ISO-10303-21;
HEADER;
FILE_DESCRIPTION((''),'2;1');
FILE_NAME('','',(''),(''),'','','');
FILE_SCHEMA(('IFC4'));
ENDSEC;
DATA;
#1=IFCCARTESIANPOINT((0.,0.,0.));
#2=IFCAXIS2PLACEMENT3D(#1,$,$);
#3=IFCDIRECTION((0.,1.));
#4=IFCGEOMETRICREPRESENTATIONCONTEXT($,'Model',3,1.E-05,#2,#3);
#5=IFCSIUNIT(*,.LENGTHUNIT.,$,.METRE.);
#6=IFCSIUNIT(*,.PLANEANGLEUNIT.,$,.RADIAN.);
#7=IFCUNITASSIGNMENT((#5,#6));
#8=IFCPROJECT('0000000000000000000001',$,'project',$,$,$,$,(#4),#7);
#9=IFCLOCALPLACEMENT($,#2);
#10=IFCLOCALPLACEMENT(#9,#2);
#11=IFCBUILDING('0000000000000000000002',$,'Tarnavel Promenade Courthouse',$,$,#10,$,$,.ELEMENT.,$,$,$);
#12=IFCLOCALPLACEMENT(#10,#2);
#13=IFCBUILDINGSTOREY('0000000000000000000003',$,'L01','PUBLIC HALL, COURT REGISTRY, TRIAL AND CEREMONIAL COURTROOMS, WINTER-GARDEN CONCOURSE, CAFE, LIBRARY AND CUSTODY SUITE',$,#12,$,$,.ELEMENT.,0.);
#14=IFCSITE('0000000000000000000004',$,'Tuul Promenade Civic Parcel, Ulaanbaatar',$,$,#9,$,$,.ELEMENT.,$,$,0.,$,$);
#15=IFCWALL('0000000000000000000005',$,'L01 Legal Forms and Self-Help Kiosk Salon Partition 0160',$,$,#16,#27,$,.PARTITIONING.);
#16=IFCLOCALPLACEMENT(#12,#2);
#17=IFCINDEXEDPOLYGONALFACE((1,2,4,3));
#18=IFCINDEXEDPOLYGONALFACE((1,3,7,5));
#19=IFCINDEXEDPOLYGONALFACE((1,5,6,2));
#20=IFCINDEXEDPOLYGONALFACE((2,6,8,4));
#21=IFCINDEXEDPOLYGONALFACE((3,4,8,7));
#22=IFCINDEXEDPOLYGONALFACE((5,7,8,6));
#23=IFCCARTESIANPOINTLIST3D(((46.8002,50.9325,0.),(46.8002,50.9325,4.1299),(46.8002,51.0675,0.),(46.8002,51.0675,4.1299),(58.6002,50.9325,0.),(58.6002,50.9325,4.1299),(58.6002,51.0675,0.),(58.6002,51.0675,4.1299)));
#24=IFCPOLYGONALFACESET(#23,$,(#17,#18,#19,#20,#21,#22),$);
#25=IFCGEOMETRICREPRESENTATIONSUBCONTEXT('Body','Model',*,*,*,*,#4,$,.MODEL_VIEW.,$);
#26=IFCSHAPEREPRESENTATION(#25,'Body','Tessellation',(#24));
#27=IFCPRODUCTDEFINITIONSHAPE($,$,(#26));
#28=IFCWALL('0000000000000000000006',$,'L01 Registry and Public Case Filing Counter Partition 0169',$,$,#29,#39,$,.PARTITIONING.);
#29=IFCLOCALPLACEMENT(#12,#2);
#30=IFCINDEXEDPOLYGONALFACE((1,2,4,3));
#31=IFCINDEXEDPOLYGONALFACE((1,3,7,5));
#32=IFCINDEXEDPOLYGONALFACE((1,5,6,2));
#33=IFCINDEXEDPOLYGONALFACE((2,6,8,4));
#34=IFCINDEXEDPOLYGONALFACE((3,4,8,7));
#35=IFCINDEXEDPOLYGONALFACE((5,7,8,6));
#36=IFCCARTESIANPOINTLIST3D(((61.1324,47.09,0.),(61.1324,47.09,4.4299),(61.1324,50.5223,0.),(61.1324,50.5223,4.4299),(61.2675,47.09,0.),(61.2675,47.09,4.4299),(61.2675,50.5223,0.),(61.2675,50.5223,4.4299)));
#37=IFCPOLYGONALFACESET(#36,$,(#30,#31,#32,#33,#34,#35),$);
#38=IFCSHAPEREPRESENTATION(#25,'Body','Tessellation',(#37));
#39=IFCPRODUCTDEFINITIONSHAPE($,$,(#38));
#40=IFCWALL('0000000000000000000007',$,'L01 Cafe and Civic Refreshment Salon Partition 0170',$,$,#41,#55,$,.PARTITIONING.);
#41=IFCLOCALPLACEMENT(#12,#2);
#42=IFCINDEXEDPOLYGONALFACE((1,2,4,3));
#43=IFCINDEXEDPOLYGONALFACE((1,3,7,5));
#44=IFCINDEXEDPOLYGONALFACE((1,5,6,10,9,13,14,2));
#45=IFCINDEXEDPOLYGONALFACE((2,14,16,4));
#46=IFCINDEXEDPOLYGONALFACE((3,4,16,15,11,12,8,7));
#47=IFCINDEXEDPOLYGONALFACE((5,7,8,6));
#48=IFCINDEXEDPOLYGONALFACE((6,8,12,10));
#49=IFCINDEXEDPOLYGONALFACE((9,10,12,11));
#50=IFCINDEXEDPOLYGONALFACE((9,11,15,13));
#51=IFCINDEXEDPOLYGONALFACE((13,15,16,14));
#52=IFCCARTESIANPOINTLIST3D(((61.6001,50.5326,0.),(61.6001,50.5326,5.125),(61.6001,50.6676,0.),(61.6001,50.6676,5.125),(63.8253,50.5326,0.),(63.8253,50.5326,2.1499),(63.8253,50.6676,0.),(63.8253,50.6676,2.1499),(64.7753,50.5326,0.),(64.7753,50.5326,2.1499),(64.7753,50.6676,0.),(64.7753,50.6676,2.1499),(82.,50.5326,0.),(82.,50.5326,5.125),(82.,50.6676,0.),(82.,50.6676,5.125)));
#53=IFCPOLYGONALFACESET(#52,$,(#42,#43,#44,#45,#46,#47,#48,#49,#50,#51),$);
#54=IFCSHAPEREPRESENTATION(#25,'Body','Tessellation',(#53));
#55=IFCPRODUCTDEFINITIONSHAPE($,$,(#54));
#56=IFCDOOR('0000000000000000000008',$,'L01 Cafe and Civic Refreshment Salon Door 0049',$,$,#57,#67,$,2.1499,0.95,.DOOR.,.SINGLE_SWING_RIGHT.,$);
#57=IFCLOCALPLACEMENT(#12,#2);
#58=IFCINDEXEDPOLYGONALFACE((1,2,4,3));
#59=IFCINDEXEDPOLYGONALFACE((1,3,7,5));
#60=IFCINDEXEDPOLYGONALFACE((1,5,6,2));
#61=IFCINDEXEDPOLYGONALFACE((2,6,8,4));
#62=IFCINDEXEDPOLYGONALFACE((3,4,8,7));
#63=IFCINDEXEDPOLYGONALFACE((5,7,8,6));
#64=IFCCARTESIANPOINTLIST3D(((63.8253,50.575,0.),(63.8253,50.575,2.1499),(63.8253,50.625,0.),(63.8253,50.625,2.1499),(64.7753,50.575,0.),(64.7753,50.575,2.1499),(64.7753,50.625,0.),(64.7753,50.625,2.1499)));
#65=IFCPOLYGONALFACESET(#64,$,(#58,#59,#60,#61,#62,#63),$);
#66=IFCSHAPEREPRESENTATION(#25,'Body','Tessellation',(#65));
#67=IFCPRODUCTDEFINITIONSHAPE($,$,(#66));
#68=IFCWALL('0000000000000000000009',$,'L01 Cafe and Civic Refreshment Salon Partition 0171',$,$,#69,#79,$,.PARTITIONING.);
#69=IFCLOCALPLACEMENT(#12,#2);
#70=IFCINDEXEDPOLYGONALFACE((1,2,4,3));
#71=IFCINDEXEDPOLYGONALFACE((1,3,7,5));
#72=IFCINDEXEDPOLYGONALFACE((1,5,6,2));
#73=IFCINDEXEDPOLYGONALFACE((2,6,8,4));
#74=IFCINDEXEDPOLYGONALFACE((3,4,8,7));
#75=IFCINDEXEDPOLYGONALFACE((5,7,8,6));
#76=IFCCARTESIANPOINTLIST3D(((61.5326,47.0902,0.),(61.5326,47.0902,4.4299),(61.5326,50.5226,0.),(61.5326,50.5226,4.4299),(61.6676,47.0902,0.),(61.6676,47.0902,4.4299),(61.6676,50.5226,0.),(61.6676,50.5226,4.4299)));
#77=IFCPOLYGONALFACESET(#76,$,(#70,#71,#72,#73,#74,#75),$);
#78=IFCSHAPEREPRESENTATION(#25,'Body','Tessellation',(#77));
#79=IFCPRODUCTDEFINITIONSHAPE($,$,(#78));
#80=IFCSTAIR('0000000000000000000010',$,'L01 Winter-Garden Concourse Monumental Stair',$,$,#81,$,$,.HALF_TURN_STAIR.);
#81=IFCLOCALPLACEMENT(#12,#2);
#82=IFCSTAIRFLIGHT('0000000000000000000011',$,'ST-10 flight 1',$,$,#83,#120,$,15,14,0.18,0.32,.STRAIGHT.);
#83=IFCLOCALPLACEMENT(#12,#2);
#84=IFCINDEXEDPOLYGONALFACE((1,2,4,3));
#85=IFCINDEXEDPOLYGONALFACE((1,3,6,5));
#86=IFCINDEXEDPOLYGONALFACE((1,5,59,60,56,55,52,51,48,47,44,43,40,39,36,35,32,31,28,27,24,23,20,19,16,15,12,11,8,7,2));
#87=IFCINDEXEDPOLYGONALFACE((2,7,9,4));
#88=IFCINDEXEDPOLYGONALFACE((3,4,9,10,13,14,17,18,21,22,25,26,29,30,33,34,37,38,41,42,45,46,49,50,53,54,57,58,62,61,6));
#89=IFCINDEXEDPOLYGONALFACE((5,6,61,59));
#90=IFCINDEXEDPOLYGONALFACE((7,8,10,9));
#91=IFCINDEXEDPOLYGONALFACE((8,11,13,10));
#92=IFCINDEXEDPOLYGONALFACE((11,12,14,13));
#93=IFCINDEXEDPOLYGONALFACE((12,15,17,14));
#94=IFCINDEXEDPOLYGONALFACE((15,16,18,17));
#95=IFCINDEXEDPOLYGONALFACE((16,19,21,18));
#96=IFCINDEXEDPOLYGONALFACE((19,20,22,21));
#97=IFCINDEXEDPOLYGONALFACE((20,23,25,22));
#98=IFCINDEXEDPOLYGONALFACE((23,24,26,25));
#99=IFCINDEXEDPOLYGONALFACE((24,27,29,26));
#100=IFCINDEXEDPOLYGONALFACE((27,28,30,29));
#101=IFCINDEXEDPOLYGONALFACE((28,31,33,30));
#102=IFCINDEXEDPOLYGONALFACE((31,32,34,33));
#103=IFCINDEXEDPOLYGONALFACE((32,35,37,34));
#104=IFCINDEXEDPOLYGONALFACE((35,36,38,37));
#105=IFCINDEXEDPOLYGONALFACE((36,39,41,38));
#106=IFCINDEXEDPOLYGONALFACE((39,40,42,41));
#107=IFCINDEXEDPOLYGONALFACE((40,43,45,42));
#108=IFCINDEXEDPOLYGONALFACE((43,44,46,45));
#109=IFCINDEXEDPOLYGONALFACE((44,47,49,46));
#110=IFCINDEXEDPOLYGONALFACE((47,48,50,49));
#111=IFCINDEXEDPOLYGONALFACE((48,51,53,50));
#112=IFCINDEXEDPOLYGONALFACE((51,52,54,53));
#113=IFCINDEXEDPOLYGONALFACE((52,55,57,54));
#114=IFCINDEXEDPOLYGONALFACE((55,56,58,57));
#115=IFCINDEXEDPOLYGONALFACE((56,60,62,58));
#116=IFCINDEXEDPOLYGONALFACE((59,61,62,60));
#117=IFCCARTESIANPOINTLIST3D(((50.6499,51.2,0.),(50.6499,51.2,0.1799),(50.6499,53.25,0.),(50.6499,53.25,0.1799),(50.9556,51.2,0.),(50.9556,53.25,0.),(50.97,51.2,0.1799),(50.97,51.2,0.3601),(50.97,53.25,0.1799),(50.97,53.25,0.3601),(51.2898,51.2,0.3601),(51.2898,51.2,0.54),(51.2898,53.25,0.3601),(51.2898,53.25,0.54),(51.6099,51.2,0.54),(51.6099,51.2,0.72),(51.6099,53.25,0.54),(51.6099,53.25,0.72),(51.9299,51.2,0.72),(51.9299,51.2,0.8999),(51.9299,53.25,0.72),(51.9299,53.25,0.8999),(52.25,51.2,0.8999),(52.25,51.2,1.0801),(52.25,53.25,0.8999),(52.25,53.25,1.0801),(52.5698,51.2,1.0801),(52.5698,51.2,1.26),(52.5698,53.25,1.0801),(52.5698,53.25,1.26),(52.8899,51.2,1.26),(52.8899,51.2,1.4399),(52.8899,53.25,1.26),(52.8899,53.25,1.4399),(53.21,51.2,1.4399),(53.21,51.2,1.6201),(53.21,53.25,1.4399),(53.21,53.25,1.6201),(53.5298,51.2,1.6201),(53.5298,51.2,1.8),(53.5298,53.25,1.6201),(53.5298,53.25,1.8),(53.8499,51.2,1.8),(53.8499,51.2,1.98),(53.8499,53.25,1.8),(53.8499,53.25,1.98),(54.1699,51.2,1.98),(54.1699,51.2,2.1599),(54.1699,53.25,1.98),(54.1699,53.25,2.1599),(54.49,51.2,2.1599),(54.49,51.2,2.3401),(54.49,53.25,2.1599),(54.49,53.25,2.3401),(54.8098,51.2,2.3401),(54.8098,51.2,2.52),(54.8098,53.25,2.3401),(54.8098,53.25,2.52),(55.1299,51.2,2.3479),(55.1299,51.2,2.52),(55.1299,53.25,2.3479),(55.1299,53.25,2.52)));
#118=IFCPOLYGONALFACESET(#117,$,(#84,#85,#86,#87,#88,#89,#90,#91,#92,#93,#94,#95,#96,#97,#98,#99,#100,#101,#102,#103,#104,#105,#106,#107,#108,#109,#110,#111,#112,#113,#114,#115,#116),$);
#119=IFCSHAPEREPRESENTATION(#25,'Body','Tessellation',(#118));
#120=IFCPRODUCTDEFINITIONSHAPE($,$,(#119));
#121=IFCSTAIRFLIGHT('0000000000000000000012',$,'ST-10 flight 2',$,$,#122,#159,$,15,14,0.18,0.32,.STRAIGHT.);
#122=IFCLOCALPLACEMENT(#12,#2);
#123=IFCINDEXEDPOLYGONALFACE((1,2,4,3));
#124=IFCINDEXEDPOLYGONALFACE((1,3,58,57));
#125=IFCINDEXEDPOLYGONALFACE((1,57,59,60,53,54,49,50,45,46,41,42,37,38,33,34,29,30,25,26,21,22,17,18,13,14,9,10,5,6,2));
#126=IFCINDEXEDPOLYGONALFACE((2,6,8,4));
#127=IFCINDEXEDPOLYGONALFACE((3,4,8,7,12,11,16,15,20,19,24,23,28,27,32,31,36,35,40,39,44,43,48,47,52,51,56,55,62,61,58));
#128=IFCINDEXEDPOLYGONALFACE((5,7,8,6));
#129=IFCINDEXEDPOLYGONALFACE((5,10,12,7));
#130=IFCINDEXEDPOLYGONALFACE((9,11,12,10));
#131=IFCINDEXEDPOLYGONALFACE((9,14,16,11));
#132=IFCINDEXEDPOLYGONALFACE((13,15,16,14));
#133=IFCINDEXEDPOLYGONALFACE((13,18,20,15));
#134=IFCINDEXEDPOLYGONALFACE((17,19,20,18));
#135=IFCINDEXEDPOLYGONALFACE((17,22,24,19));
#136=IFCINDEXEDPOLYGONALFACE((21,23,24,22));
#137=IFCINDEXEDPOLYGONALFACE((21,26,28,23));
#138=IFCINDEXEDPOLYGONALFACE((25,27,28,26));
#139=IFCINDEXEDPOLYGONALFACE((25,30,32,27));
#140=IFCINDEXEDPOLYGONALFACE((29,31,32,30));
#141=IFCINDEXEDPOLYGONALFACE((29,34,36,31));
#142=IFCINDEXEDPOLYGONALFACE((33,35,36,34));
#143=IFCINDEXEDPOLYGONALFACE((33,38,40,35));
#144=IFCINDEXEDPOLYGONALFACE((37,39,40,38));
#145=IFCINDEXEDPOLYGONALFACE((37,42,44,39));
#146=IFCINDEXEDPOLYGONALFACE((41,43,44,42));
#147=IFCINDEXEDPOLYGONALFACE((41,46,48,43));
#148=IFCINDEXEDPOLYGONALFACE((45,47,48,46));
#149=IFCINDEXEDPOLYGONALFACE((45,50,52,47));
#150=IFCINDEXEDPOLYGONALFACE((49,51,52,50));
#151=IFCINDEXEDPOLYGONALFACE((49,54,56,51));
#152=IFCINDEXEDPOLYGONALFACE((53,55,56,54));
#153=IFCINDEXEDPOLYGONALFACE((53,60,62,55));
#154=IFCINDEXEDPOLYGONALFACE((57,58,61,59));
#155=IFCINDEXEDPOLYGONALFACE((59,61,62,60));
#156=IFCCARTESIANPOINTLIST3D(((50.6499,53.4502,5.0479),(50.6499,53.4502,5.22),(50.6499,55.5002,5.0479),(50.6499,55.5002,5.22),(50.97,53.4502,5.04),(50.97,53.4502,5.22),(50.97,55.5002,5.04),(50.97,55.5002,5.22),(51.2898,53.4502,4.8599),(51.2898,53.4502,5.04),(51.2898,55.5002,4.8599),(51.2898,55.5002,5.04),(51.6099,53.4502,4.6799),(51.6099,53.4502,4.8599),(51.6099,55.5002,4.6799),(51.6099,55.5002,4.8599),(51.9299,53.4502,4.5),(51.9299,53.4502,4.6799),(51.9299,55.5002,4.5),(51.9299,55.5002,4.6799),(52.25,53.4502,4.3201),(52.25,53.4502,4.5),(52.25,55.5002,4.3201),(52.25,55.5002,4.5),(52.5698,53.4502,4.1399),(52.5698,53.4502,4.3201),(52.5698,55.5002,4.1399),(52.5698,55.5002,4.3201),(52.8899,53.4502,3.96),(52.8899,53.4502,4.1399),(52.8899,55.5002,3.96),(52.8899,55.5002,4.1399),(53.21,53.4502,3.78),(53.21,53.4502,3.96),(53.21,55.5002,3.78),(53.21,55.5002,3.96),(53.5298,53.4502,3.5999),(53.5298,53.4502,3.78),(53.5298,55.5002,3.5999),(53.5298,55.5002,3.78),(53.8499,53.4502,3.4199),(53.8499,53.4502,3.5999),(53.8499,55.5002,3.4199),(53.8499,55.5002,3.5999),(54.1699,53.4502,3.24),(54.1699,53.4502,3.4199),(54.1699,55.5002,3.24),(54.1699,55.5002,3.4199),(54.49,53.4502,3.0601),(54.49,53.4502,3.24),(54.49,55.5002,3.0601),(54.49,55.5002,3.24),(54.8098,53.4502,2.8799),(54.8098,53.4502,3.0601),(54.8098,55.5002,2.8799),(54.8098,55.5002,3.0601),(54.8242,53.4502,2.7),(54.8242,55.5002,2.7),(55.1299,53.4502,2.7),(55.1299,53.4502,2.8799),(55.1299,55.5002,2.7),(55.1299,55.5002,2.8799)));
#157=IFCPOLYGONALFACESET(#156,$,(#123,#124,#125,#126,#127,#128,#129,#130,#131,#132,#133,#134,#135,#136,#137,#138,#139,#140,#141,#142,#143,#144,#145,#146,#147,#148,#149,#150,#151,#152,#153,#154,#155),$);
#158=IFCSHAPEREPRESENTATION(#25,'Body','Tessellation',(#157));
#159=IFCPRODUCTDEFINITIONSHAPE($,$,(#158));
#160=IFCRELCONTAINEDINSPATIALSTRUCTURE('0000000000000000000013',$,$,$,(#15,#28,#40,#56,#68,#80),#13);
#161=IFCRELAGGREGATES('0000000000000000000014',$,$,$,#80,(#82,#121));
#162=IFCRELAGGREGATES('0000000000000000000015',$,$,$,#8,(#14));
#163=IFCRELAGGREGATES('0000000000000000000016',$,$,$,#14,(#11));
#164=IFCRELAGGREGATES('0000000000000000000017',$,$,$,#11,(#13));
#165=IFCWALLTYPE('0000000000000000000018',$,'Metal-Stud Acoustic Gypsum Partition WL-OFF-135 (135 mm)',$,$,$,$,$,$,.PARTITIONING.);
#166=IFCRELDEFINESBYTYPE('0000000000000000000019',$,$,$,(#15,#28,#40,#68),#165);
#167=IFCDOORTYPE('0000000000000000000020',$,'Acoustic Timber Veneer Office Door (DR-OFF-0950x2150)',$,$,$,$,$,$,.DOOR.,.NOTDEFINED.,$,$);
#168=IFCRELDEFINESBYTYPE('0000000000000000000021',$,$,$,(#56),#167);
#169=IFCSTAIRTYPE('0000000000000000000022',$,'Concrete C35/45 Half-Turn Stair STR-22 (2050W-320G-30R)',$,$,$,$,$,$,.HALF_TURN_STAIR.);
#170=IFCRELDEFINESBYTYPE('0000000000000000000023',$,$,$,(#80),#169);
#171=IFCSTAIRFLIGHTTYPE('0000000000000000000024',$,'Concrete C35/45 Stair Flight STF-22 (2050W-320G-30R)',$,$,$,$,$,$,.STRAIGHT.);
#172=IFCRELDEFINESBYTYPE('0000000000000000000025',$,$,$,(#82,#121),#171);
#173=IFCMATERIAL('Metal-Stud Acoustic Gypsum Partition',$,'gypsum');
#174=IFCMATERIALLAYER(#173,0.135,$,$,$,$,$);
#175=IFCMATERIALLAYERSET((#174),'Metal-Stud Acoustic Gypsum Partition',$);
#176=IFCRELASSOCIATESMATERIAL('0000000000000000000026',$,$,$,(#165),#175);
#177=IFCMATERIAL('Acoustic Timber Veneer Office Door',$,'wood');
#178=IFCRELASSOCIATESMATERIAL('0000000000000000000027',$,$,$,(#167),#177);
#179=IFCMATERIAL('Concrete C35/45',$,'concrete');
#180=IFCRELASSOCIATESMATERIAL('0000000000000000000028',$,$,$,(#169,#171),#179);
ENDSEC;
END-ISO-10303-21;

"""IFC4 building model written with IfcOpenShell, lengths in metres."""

from ifc_helpers import new_model, si_unit, direction, frame, frame_2d, origin, place, context, subcontext, project, spatial, polyline, rectangle, outline, extrude, material, layer, layer_set, type_object, element, fill, aggregate, save


model = new_model("IFC4")

# Units and contexts
model_context = context("Model", 3, precision=1e-05, world=origin(), true_north=direction((0.0, 1.0)))
body_context = subcontext(model_context, "Body", "Model", "MODEL_VIEW")
ifc_project = project(units=[si_unit("LENGTHUNIT", "METRE"), si_unit("PLANEANGLEUNIT", "RADIAN")], contexts=[model_context])

# Site, building, storey
site_placement = place(None, origin())
site = spatial("IfcSite", under=ifc_project, at=site_placement, Name="Tuul Promenade Civic Parcel, Ulaanbaatar", CompositionType="ELEMENT", RefElevation=0.0)
building_placement = place(site_placement, origin())
building = spatial("IfcBuilding", under=site, at=building_placement, Name="Tarnavel Promenade Courthouse", CompositionType="ELEMENT")
storey_placement = place(building_placement, origin())
storey = spatial("IfcBuildingStorey", under=building, at=storey_placement, Name="L01", Description="PUBLIC HALL, COURT REGISTRY, TRIAL AND CEREMONIAL COURTROOMS, WINTER-GARDEN CONCOURSE, CAFE, LIBRARY AND CUSTODY SUITE", CompositionType="ELEMENT", Elevation=0.0)

# Walls
ifc_material_1 = material(Name="Metal-Stud Acoustic Gypsum Partition", Category="gypsum")
ifc_layer_1 = layer(ifc_material_1, 0.135)
ifc_layer_set_1 = layer_set([ifc_layer_1], Name="Metal-Stud Acoustic Gypsum Partition")
wall_type = type_object("IfcWallType", Name="Metal-Stud Acoustic Gypsum Partition WL-OFF-135 (135 mm)", PredefinedType="PARTITIONING", material=ifc_layer_set_1)
wall_1_placement = place(storey_placement, frame((58.6001, 51.0, 0.0), z_axis=(0.0, 0.0, 1.0), x_axis=(-1.0, 0.0, 0.0)))
element("IfcWall", 1, at=wall_1_placement, inside=storey, type_object=wall_type, Name="L01 Legal Forms and Self-Help Kiosk Salon Partition 0160", PredefinedType="PARTITIONING", context=body_context, shape_type="SweptSolid", body=[
    extrude(rectangle(XDim=11.8, YDim=0.135, at=frame_2d((5.8999, 0.0))), origin(), (0.0, 0.0, 1.0), 4.1299),
])
wall_2_placement = place(storey_placement, frame((61.2, 50.5225, 0.0), z_axis=(0.0, 0.0, 1.0), x_axis=(0.0, -1.0, 0.0)))
element("IfcWall", 2, at=wall_2_placement, inside=storey, type_object=wall_type, Name="L01 Registry and Public Case Filing Counter Partition 0169", PredefinedType="PARTITIONING", context=body_context, shape_type="SweptSolid", body=[
    extrude(rectangle(XDim=3.4324, YDim=0.135, at=frame_2d((1.7163, 0.0))), origin(), (0.0, 0.0, 1.0), 4.4299),
])

# Wall, opening, door
wall_3_placement = place(storey_placement, frame((61.6001, 50.6001, 0.0), z_axis=(0.0, 0.0, 1.0), x_axis=(1.0, 0.0, 0.0)))
wall_3 = element("IfcWall", 3, at=wall_3_placement, inside=storey, type_object=wall_type, Name="L01 Cafe and Civic Refreshment Salon Partition 0170", PredefinedType="PARTITIONING", context=body_context, shape_type="SweptSolid", body=[
    extrude(rectangle(XDim=20.3999, YDim=0.135, at=frame_2d((10.2, 0.0))), origin(), (0.0, 0.0, 1.0), 5.125),
])
opening_placement = place(wall_3_placement, frame((2.2251, 0.0, 0.0)))
opening = element("IfcOpeningElement", 4, at=opening_placement, cuts=wall_3, PredefinedType="OPENING", context=body_context, shape_type="SweptSolid", body=[
    extrude(rectangle(XDim=0.95, YDim=2.1499, at=frame_2d((0.4751, 1.075))), frame((0.0, 0.0774, 0.0), z_axis=(0.0, -1.0, 0.0), x_axis=(1.0, 0.0, 0.0)), (0.0, 0.0, 1.0), 0.155),
])
ifc_material_2 = material(Name="Acoustic Timber Veneer Office Door", Category="wood")
door_type = type_object("IfcDoorType", Name="Acoustic Timber Veneer Office Door (DR-OFF-0950x2150)", OperationType="NOTDEFINED", PredefinedType="DOOR", material=ifc_material_2)
door_placement = place(opening_placement, origin())
door = element("IfcDoor", 5, at=door_placement, inside=storey, type_object=door_type, Name="L01 Cafe and Civic Refreshment Salon Door 0049", OperationType="SINGLE_SWING_RIGHT", OverallHeight=2.1499, OverallWidth=0.95, PredefinedType="DOOR", context=body_context, shape_type="SweptSolid", body=[
    extrude(rectangle(XDim=0.95, YDim=2.1499, at=frame_2d((0.4751, 1.075))), frame((0.0, 0.0249, 0.0), z_axis=(0.0, -1.0, 0.0), x_axis=(1.0, 0.0, 0.0)), (0.0, 0.0, 1.0), 0.05),
])
fill(opening, door)

# Wall
wall_4_placement = place(storey_placement, frame((61.6001, 47.0901, 0.0), z_axis=(0.0, 0.0, 1.0), x_axis=(0.0, 1.0, 0.0)))
element("IfcWall", 6, at=wall_4_placement, inside=storey, type_object=wall_type, Name="L01 Cafe and Civic Refreshment Salon Partition 0171", PredefinedType="PARTITIONING", context=body_context, shape_type="SweptSolid", body=[
    extrude(rectangle(XDim=3.4324, YDim=0.135, at=frame_2d((1.7163, 0.0))), origin(), (0.0, 0.0, 1.0), 4.4299),
])

# Stair, stair flights
ifc_material_3 = material(Name="Concrete C35/45", Category="concrete")
stair_type = type_object("IfcStairType", Name="Concrete C35/45 Half-Turn Stair STR-22 (2050W-320G-30R)", PredefinedType="HALF_TURN_STAIR", material=ifc_material_3)
stair_placement = place(storey_placement, origin())
stair = element("IfcStair", 7, at=stair_placement, inside=storey, type_object=stair_type, Name="L01 Winter-Garden Concourse Monumental Stair", PredefinedType="HALF_TURN_STAIR")
stair_flight_type = type_object("IfcStairFlightType", Name="Concrete C35/45 Stair Flight STF-22 (2050W-320G-30R)", PredefinedType="STRAIGHT", material=ifc_material_3)
stair_flight_1_placement = place(storey_placement, frame((50.6499, 52.2251, 0.0), z_axis=(0.0, 0.0, 1.0), x_axis=(1.0, 0.0, 0.0)))
stair_flight_1 = element("IfcStairFlight", 8, at=stair_flight_1_placement, type_object=stair_flight_type, Name="ST-10 flight 1", NumberOfRisers=15, NumberOfTreads=14, PredefinedType="STRAIGHT", RiserHeight=0.18, TreadLength=0.32, context=body_context, shape_type="SweptSolid", body=[
    extrude(outline(polyline([(0.0, 0.0), (0.0, 0.1799), (0.3201, 0.1799), (0.3201, 0.3601), (0.6399, 0.3601), (0.6399, 0.54), (0.96, 0.54), (0.96, 0.72), (1.28, 0.72), (1.28, 0.8999), (1.6001, 0.8999), (1.6001, 1.0801), (1.9199, 1.0801), (1.9199, 1.26), (2.24, 1.26), (2.24, 1.4399), (2.5601, 1.4399), (2.5601, 1.6201), (2.8799, 1.6201), (2.8799, 1.8), (3.2, 1.8), (3.2, 1.98), (3.52, 1.98), (3.52, 2.1599), (3.8401, 2.1599), (3.8401, 2.3401), (4.1599, 2.3401), (4.1599, 2.52), (4.48, 2.52), (4.48, 2.7), (4.48, 2.3479), (0.3057, 0.0), (0.0, 0.0)])), frame((0.0, 1.0249, 0.0), z_axis=(0.0, -1.0, 0.0), x_axis=(1.0, 0.0, 0.0)), (0.0, 0.0, 1.0), 2.05),
])
stair_flight_2_placement = place(storey_placement, frame((55.1299, 54.4751, 2.7), z_axis=(0.0, 0.0, 1.0), x_axis=(-1.0, 0.0, 0.0)))
stair_flight_2 = element("IfcStairFlight", 9, at=stair_flight_2_placement, type_object=stair_flight_type, Name="ST-10 flight 2", NumberOfRisers=15, NumberOfTreads=14, PredefinedType="STRAIGHT", RiserHeight=0.18, TreadLength=0.32, context=body_context, shape_type="SweptSolid", body=[
    extrude(outline(polyline([(0.0, 0.0), (0.0, 0.1799), (0.3201, 0.1799), (0.3201, 0.3601), (0.6399, 0.3601), (0.6399, 0.54), (0.96, 0.54), (0.96, 0.72), (1.28, 0.72), (1.28, 0.8999), (1.6001, 0.8999), (1.6001, 1.0801), (1.9199, 1.0801), (1.9199, 1.26), (2.24, 1.26), (2.24, 1.4399), (2.5601, 1.4399), (2.5601, 1.6201), (2.8799, 1.6201), (2.8799, 1.8), (3.2, 1.8), (3.2, 1.98), (3.52, 1.98), (3.52, 2.1599), (3.8401, 2.1599), (3.8401, 2.3401), (4.1599, 2.3401), (4.1599, 2.52), (4.48, 2.52), (4.48, 2.7), (4.48, 2.3479), (0.3057, 0.0), (0.0, 0.0)])), frame((0.0, 1.0249, 0.0), z_axis=(0.0, -1.0, 0.0), x_axis=(1.0, 0.0, 0.0)), (0.0, 0.0, 1.0), 2.05),
])
aggregate(stair, [stair_flight_1, stair_flight_2])

save(model, "model.ifc")
